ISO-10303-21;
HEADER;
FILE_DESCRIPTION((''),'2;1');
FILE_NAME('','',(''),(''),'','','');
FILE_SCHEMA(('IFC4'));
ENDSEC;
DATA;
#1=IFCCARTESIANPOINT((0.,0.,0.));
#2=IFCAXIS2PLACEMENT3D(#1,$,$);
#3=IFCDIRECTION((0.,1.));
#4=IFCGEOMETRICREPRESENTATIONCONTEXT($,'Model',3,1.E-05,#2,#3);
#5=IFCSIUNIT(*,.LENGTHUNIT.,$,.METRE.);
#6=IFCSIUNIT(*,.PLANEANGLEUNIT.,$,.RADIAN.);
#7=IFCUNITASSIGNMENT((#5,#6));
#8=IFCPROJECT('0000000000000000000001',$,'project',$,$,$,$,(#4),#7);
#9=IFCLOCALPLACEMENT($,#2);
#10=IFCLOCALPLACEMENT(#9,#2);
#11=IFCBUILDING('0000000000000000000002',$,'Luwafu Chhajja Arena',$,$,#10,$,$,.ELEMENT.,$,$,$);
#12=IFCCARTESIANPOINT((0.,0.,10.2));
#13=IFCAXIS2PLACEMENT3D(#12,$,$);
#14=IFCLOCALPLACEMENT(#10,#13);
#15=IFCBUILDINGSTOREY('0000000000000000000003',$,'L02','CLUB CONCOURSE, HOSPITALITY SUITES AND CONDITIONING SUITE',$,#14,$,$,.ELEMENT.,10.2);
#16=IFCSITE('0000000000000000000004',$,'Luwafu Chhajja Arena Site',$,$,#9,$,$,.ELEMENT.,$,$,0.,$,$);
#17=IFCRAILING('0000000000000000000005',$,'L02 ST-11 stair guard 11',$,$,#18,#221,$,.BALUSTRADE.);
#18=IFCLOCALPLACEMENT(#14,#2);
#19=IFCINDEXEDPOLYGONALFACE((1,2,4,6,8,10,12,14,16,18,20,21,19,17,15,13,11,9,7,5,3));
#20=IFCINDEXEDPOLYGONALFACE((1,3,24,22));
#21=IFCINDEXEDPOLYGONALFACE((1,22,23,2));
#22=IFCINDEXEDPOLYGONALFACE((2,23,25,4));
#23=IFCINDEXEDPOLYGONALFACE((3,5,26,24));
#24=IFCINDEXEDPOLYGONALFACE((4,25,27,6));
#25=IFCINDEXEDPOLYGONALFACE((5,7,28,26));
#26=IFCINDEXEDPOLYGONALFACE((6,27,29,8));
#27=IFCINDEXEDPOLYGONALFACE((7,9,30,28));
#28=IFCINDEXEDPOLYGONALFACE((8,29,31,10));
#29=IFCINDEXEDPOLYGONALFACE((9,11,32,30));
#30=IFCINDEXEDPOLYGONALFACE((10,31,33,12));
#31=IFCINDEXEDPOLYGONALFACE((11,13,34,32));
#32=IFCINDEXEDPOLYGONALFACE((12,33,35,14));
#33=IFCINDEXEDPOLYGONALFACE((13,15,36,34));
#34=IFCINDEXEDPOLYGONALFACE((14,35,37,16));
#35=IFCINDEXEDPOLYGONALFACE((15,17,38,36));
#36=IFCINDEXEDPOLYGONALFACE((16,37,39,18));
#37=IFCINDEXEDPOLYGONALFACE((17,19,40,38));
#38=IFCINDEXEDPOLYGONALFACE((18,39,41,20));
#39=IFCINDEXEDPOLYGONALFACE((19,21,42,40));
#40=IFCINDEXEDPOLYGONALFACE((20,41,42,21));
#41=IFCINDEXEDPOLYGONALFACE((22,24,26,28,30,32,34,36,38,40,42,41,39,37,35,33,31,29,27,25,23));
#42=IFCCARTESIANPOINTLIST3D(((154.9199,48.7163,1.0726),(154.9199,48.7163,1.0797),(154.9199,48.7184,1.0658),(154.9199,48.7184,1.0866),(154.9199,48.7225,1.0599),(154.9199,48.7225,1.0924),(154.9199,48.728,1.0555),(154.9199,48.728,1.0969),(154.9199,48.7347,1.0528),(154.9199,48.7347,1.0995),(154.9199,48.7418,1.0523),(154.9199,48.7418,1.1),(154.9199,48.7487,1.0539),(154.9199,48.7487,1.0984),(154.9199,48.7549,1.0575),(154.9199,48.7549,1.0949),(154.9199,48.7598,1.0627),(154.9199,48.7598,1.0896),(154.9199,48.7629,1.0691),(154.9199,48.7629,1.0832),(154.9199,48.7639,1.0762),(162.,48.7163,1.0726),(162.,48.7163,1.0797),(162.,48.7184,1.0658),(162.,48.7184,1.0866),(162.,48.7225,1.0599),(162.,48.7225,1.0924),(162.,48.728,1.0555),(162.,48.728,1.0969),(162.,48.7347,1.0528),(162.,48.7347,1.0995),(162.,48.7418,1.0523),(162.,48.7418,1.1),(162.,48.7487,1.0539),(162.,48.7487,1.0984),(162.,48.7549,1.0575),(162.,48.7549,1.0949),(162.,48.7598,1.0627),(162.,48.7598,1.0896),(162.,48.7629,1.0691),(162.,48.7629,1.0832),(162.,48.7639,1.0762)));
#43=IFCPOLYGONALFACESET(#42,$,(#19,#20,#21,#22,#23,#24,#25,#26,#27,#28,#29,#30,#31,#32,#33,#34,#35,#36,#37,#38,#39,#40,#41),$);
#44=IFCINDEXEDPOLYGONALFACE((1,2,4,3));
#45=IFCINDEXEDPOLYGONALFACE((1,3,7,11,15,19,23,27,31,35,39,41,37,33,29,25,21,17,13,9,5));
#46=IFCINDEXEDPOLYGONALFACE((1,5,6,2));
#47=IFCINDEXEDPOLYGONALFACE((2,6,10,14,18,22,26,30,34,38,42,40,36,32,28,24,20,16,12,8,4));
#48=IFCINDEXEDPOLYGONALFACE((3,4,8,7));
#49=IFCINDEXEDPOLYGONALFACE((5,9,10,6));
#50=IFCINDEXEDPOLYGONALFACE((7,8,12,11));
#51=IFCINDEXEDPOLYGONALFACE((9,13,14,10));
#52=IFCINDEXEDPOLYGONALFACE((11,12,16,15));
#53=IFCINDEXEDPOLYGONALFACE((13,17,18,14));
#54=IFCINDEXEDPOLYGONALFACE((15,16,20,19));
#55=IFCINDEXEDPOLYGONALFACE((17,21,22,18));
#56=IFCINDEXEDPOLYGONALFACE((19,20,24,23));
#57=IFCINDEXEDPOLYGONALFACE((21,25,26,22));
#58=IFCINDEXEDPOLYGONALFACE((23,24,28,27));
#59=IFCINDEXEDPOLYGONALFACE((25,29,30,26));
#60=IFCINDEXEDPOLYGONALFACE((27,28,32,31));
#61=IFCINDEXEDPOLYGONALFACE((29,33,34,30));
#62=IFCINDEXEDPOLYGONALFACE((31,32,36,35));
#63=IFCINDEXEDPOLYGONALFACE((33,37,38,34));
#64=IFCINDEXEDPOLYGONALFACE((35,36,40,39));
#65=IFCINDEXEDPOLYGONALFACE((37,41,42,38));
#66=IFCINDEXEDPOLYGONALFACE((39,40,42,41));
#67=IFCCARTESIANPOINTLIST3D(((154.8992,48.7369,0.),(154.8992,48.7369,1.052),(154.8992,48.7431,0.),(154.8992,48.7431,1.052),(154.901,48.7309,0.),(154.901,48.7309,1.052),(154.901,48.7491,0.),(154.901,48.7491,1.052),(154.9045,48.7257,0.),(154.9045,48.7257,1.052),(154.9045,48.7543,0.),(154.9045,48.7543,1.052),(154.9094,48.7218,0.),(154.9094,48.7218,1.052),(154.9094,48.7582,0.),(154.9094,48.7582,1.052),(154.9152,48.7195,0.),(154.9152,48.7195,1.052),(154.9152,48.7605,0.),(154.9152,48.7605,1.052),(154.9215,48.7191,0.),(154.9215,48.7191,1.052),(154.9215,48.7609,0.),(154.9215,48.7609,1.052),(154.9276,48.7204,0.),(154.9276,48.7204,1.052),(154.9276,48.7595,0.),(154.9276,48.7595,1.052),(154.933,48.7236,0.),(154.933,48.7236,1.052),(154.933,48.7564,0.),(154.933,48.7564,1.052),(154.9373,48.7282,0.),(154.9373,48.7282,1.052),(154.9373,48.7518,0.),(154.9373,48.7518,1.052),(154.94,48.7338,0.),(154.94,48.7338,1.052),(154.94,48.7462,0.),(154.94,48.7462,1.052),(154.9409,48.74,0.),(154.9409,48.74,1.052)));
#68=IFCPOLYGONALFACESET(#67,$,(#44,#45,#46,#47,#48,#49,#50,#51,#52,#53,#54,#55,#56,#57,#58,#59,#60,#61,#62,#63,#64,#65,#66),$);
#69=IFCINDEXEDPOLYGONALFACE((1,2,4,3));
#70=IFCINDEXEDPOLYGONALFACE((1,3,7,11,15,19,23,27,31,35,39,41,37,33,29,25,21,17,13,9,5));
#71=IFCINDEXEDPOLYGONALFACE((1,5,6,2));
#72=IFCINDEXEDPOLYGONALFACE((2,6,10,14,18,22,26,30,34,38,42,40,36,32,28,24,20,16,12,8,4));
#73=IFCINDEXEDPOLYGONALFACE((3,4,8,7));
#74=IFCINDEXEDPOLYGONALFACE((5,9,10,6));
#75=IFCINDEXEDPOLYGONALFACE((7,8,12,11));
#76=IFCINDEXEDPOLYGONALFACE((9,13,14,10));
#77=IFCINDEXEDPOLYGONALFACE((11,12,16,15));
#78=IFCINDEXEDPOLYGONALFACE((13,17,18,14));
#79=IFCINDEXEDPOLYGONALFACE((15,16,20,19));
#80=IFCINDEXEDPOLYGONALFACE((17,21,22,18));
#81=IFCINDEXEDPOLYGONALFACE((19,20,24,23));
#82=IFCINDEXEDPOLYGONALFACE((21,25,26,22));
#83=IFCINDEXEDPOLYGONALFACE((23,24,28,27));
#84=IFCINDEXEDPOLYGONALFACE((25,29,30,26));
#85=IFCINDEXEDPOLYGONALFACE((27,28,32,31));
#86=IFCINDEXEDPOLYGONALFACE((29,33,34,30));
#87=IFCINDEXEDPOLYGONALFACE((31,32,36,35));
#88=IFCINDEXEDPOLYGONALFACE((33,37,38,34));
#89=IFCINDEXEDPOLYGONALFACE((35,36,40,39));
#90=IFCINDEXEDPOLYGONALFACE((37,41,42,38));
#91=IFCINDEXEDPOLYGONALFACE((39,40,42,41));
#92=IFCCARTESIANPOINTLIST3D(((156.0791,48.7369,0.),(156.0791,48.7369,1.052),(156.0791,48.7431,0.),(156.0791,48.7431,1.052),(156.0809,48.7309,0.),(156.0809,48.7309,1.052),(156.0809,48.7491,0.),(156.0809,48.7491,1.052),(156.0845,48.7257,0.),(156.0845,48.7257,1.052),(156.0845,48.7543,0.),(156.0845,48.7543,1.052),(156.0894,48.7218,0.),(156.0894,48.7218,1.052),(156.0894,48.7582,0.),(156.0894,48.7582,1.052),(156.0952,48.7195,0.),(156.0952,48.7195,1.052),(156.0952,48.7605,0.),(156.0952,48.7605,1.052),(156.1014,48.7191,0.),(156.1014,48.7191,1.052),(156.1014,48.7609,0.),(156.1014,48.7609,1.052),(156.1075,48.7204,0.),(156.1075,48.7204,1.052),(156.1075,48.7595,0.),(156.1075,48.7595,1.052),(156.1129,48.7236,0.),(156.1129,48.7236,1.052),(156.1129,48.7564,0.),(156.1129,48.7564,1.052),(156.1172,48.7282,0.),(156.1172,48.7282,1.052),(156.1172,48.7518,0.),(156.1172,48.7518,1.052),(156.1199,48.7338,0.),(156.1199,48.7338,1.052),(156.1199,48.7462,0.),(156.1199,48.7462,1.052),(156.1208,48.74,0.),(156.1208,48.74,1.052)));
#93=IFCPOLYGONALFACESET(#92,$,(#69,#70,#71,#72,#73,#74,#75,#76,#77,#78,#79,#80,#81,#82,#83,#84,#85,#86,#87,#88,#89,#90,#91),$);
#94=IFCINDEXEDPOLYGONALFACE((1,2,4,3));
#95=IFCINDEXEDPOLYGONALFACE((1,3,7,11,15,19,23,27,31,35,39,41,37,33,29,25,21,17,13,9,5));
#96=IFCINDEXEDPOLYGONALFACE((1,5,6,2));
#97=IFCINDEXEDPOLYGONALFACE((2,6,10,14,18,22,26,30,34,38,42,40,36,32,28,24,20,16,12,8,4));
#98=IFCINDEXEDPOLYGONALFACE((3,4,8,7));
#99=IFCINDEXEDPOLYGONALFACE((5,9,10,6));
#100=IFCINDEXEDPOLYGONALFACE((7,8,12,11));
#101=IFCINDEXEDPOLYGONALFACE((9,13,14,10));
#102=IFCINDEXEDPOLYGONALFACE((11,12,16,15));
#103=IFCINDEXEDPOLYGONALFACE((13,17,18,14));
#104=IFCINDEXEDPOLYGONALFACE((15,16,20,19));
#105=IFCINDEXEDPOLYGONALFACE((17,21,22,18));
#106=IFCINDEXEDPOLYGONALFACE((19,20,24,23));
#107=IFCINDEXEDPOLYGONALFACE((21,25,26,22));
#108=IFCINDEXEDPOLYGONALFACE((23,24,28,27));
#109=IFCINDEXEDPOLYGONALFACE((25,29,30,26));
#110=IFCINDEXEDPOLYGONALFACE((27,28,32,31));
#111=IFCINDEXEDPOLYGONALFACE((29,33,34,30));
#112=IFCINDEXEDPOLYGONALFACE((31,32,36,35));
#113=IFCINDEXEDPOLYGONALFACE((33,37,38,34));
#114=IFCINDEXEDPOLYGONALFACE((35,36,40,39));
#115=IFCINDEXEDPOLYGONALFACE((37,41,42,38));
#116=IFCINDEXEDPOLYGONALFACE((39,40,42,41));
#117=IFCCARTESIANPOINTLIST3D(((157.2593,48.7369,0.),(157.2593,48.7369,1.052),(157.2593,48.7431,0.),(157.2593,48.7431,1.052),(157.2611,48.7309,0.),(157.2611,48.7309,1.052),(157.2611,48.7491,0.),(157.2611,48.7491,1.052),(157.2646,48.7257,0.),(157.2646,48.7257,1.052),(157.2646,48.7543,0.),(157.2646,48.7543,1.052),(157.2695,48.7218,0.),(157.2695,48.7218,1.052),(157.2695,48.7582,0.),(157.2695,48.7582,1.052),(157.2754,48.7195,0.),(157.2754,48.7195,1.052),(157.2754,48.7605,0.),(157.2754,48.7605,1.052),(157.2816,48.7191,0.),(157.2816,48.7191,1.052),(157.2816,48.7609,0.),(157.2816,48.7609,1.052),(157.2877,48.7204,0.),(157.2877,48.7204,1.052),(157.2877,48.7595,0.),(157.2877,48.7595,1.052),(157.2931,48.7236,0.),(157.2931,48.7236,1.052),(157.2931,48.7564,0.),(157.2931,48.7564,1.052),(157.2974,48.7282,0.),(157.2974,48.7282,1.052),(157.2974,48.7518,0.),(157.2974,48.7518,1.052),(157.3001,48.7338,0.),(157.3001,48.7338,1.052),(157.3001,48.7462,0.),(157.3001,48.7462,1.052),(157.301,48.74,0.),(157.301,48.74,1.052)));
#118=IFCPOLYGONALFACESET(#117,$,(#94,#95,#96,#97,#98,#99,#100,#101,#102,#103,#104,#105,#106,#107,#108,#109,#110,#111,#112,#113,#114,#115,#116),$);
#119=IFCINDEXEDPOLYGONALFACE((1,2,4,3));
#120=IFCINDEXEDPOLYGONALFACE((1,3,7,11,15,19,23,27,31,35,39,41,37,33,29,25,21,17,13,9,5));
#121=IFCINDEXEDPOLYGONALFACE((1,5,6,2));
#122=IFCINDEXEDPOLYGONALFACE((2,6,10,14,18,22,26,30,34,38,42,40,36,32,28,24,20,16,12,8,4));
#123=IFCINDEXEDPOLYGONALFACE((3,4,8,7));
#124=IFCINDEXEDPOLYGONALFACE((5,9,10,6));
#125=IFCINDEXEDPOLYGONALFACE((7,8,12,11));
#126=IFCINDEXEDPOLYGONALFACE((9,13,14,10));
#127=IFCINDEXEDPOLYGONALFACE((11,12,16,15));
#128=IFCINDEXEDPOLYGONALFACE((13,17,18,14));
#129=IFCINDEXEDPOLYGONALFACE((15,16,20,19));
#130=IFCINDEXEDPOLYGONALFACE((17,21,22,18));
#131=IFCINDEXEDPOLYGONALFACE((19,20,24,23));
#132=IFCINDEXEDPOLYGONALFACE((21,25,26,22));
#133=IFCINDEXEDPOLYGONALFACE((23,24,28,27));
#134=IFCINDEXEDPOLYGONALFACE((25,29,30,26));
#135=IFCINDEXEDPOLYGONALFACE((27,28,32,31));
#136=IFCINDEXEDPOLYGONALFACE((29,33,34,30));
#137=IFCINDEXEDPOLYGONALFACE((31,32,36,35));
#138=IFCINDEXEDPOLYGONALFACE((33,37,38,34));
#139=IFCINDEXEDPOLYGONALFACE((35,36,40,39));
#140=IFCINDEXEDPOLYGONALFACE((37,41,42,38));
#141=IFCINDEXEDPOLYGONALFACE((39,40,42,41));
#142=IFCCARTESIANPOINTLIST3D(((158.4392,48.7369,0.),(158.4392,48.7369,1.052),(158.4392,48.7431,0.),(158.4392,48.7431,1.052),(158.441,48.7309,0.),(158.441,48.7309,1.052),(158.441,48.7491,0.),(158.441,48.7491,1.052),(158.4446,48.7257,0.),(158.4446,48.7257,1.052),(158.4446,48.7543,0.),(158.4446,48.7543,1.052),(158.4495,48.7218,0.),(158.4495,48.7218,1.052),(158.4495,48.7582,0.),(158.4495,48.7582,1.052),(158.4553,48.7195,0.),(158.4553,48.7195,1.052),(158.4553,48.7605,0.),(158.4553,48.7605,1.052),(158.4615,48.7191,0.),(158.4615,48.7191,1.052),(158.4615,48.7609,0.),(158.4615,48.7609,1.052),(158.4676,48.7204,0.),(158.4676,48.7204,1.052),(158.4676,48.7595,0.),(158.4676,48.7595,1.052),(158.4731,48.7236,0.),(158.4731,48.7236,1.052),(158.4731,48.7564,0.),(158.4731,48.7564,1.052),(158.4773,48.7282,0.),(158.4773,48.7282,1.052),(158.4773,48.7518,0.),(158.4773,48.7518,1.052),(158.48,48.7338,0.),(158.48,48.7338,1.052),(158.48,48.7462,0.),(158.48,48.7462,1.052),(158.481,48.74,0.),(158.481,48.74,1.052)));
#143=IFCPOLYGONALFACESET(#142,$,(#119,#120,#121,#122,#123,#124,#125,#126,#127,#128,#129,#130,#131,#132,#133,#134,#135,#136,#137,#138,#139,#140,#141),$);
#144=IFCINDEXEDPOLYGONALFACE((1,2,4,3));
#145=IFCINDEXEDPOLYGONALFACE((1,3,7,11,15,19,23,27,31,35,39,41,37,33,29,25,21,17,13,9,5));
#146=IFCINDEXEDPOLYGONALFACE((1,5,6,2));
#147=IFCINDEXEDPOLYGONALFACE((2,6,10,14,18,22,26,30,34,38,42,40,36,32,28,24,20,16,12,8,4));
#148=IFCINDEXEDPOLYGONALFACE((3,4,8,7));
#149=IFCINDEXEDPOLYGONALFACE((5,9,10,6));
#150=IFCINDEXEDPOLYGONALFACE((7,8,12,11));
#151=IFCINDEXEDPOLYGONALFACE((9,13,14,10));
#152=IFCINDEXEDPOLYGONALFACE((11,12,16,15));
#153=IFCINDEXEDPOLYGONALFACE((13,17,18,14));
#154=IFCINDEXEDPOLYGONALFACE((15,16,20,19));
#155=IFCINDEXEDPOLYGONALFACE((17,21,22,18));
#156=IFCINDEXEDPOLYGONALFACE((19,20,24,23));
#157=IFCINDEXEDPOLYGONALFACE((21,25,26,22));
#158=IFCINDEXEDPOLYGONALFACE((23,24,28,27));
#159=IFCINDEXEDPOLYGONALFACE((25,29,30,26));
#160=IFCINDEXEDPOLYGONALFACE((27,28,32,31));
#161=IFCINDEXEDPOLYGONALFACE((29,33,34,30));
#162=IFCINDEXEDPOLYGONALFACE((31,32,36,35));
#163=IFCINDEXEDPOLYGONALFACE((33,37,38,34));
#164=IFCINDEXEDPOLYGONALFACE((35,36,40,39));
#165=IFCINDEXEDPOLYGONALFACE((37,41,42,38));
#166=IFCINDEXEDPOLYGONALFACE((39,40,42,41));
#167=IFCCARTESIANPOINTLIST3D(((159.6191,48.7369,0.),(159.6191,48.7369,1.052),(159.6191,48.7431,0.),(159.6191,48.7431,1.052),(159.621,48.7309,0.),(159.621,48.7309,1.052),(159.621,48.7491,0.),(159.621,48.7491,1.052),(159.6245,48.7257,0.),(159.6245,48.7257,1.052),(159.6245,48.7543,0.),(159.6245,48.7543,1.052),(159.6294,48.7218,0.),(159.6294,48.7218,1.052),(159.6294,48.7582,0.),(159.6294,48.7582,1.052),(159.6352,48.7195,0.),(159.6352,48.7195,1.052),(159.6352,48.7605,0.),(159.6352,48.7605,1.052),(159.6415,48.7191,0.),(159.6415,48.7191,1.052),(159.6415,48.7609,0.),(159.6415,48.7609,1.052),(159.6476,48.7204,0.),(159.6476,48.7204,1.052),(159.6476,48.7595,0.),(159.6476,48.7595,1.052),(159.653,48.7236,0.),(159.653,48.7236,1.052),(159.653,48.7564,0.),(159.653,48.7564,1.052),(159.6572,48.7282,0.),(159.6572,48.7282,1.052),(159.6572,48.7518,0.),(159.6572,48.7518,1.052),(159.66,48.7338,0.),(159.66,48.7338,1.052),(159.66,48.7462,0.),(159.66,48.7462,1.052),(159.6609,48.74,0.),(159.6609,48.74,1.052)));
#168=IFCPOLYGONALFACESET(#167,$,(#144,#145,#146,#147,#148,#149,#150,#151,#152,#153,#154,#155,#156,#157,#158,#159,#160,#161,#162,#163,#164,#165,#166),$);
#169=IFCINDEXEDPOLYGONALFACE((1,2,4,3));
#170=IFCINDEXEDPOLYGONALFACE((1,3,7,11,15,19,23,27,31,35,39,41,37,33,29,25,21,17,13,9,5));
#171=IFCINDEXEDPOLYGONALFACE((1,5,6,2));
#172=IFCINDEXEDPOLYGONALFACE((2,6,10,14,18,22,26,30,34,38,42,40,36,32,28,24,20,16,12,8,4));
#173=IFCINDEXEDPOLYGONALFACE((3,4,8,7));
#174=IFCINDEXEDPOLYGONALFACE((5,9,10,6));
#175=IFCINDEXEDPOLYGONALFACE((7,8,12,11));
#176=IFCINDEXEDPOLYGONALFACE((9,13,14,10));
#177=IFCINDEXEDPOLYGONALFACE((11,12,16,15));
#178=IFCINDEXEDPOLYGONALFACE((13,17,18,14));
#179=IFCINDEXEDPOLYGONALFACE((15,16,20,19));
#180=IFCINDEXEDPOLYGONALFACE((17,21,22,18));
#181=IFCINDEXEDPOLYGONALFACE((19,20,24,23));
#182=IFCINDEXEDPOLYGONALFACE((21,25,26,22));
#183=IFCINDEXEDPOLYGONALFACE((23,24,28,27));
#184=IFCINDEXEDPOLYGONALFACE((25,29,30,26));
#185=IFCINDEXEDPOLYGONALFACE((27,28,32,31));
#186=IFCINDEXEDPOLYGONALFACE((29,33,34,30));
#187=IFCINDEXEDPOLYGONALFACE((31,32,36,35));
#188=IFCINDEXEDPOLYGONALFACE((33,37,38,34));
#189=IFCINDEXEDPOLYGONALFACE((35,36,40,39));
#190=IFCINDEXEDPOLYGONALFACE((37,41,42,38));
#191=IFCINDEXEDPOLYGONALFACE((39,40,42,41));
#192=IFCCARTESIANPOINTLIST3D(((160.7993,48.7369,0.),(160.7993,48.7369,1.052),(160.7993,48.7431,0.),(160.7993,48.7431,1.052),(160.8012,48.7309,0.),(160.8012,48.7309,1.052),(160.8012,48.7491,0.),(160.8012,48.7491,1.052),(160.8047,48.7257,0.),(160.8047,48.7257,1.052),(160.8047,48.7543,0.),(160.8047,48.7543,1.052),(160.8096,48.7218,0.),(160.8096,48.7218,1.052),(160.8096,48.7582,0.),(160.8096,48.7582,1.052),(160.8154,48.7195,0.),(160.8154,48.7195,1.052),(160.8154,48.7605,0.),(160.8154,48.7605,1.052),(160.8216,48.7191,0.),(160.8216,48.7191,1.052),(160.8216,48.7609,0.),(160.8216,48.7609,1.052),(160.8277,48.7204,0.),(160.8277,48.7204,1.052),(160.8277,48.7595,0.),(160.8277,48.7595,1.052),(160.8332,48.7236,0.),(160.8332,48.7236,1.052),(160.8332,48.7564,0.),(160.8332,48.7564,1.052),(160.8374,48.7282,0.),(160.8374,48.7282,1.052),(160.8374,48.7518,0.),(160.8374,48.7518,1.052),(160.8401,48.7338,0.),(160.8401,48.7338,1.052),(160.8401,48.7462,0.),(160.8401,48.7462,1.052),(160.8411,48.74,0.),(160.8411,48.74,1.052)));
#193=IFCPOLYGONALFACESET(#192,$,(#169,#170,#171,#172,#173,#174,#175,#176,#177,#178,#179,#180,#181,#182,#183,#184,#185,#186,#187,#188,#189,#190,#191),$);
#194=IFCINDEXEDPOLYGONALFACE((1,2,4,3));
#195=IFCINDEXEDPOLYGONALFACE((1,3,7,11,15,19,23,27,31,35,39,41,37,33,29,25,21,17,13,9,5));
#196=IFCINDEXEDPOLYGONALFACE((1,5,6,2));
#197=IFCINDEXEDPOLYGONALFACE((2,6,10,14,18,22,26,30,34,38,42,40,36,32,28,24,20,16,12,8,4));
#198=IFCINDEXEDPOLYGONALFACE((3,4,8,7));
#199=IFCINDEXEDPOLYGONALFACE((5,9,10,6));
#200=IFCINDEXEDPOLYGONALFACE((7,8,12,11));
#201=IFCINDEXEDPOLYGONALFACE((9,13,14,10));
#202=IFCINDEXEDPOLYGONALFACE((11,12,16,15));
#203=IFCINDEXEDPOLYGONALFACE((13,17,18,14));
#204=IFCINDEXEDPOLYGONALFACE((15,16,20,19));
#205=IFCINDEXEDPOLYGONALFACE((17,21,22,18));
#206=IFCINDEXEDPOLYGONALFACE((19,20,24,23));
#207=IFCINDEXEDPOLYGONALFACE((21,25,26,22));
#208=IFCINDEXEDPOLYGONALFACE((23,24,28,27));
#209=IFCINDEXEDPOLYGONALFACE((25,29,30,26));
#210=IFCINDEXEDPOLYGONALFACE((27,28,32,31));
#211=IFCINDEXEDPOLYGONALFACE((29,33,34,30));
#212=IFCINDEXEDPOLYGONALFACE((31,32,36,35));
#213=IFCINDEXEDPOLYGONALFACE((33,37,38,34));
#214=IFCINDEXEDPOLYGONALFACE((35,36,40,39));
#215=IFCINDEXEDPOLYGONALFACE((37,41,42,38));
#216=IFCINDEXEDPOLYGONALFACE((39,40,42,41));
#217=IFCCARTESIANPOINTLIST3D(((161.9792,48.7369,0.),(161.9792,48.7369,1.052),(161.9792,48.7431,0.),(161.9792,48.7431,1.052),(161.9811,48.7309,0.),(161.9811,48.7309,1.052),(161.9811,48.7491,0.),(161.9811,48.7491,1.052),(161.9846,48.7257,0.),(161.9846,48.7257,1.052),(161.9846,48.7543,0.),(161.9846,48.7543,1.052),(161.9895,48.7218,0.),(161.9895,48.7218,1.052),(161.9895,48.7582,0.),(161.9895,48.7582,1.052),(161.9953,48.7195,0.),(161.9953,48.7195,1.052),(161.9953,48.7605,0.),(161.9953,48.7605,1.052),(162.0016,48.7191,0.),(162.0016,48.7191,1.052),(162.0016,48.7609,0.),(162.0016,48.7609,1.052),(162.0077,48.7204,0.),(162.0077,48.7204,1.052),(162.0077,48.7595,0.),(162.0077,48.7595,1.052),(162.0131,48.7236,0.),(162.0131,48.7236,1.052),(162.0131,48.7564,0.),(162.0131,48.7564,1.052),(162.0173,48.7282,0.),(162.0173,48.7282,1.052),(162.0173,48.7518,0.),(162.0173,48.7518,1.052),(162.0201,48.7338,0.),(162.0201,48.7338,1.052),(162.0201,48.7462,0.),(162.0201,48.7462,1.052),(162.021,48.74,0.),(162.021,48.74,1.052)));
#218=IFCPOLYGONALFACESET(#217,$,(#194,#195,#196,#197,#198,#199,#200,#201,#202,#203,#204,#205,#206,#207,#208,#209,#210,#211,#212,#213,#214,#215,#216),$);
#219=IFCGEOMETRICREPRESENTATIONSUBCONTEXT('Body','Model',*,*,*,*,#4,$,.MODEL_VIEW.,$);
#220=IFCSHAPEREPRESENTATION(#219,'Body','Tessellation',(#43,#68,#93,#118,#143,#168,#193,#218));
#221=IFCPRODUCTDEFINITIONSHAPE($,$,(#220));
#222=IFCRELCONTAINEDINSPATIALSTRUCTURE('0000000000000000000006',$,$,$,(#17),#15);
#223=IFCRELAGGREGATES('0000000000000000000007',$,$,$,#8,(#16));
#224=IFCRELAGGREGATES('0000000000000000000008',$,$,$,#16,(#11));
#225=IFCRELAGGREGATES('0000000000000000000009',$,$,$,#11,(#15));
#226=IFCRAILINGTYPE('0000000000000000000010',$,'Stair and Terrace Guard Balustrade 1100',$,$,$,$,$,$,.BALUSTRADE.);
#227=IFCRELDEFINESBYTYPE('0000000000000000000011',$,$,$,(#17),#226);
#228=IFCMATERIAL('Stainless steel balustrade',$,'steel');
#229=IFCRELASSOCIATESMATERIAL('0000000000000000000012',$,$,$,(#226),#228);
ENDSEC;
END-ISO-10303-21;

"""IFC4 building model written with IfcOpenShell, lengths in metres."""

from ifc_helpers import new_model, si_unit, direction, frame, origin, origin_2d, place, context, subcontext, project, spatial, circle, extrude, material, type_object, element, save


model = new_model("IFC4")

# Units and contexts
model_context = context("Model", 3, precision=1e-05, world=origin(), true_north=direction((0.0, 1.0)))
body_context = subcontext(model_context, "Body", "Model", "MODEL_VIEW")
ifc_project = project(units=[si_unit("LENGTHUNIT", "METRE"), si_unit("PLANEANGLEUNIT", "RADIAN")], contexts=[model_context])

# Site, building, storey
site_placement = place(None, origin())
site = spatial("IfcSite", under=ifc_project, at=site_placement, Name="Luwafu Chhajja Arena Site", CompositionType="ELEMENT", RefElevation=0.0)
building_placement = place(site_placement, origin())
building = spatial("IfcBuilding", under=site, at=building_placement, Name="Luwafu Chhajja Arena", CompositionType="ELEMENT")
storey_placement = place(building_placement, frame((0.0, 0.0, 10.2)))
storey = spatial("IfcBuildingStorey", under=building, at=storey_placement, Name="L02", Description="CLUB CONCOURSE, HOSPITALITY SUITES AND CONDITIONING SUITE", CompositionType="ELEMENT", Elevation=10.2)

# Railing
ifc_material_1 = material(Name="Stainless steel balustrade", Category="steel")
railing_type_1 = type_object("IfcRailingType", Name="Stair and Terrace Guard Balustrade 1100", PredefinedType="BALUSTRADE", material=ifc_material_1)
railing_1_placement = place(storey_placement, frame((154.9199, 48.74, 0.0)))
element("IfcRailing", 1, at=railing_1_placement, inside=storey, type_object=railing_type_1, Name="L02 ST-11 stair guard 11", PredefinedType="BALUSTRADE", context=body_context, shape_type="SweptSolid", body=[
    extrude(circle(Radius=0.0239, at=origin_2d()), frame((0.0, 0.0, 1.0762), z_axis=(1.0, 0.0, 0.0), x_axis=(0.0, 1.0, 0.0)), (0.0, 0.0, 1.0), 7.0801),
    extrude(circle(Radius=0.021, at=origin_2d()), origin(), (0.0, 0.0, 1.0), 1.052),
    extrude(circle(Radius=0.021, at=origin_2d()), frame((1.1799, 0.0, 0.0)), (0.0, 0.0, 1.0), 1.052),
    extrude(circle(Radius=0.021, at=origin_2d()), frame((2.3601, 0.0, 0.0)), (0.0, 0.0, 1.0), 1.052),
    extrude(circle(Radius=0.021, at=origin_2d()), frame((3.54, 0.0, 0.0)), (0.0, 0.0, 1.0), 1.052),
    extrude(circle(Radius=0.021, at=origin_2d()), frame((4.72, 0.0, 0.0)), (0.0, 0.0, 1.0), 1.052),
    extrude(circle(Radius=0.021, at=origin_2d()), frame((5.9001, 0.0, 0.0)), (0.0, 0.0, 1.0), 1.052),
    extrude(circle(Radius=0.021, at=origin_2d()), frame((7.0801, 0.0, 0.0)), (0.0, 0.0, 1.0), 1.052),
])

save(model, "model.ifc")
